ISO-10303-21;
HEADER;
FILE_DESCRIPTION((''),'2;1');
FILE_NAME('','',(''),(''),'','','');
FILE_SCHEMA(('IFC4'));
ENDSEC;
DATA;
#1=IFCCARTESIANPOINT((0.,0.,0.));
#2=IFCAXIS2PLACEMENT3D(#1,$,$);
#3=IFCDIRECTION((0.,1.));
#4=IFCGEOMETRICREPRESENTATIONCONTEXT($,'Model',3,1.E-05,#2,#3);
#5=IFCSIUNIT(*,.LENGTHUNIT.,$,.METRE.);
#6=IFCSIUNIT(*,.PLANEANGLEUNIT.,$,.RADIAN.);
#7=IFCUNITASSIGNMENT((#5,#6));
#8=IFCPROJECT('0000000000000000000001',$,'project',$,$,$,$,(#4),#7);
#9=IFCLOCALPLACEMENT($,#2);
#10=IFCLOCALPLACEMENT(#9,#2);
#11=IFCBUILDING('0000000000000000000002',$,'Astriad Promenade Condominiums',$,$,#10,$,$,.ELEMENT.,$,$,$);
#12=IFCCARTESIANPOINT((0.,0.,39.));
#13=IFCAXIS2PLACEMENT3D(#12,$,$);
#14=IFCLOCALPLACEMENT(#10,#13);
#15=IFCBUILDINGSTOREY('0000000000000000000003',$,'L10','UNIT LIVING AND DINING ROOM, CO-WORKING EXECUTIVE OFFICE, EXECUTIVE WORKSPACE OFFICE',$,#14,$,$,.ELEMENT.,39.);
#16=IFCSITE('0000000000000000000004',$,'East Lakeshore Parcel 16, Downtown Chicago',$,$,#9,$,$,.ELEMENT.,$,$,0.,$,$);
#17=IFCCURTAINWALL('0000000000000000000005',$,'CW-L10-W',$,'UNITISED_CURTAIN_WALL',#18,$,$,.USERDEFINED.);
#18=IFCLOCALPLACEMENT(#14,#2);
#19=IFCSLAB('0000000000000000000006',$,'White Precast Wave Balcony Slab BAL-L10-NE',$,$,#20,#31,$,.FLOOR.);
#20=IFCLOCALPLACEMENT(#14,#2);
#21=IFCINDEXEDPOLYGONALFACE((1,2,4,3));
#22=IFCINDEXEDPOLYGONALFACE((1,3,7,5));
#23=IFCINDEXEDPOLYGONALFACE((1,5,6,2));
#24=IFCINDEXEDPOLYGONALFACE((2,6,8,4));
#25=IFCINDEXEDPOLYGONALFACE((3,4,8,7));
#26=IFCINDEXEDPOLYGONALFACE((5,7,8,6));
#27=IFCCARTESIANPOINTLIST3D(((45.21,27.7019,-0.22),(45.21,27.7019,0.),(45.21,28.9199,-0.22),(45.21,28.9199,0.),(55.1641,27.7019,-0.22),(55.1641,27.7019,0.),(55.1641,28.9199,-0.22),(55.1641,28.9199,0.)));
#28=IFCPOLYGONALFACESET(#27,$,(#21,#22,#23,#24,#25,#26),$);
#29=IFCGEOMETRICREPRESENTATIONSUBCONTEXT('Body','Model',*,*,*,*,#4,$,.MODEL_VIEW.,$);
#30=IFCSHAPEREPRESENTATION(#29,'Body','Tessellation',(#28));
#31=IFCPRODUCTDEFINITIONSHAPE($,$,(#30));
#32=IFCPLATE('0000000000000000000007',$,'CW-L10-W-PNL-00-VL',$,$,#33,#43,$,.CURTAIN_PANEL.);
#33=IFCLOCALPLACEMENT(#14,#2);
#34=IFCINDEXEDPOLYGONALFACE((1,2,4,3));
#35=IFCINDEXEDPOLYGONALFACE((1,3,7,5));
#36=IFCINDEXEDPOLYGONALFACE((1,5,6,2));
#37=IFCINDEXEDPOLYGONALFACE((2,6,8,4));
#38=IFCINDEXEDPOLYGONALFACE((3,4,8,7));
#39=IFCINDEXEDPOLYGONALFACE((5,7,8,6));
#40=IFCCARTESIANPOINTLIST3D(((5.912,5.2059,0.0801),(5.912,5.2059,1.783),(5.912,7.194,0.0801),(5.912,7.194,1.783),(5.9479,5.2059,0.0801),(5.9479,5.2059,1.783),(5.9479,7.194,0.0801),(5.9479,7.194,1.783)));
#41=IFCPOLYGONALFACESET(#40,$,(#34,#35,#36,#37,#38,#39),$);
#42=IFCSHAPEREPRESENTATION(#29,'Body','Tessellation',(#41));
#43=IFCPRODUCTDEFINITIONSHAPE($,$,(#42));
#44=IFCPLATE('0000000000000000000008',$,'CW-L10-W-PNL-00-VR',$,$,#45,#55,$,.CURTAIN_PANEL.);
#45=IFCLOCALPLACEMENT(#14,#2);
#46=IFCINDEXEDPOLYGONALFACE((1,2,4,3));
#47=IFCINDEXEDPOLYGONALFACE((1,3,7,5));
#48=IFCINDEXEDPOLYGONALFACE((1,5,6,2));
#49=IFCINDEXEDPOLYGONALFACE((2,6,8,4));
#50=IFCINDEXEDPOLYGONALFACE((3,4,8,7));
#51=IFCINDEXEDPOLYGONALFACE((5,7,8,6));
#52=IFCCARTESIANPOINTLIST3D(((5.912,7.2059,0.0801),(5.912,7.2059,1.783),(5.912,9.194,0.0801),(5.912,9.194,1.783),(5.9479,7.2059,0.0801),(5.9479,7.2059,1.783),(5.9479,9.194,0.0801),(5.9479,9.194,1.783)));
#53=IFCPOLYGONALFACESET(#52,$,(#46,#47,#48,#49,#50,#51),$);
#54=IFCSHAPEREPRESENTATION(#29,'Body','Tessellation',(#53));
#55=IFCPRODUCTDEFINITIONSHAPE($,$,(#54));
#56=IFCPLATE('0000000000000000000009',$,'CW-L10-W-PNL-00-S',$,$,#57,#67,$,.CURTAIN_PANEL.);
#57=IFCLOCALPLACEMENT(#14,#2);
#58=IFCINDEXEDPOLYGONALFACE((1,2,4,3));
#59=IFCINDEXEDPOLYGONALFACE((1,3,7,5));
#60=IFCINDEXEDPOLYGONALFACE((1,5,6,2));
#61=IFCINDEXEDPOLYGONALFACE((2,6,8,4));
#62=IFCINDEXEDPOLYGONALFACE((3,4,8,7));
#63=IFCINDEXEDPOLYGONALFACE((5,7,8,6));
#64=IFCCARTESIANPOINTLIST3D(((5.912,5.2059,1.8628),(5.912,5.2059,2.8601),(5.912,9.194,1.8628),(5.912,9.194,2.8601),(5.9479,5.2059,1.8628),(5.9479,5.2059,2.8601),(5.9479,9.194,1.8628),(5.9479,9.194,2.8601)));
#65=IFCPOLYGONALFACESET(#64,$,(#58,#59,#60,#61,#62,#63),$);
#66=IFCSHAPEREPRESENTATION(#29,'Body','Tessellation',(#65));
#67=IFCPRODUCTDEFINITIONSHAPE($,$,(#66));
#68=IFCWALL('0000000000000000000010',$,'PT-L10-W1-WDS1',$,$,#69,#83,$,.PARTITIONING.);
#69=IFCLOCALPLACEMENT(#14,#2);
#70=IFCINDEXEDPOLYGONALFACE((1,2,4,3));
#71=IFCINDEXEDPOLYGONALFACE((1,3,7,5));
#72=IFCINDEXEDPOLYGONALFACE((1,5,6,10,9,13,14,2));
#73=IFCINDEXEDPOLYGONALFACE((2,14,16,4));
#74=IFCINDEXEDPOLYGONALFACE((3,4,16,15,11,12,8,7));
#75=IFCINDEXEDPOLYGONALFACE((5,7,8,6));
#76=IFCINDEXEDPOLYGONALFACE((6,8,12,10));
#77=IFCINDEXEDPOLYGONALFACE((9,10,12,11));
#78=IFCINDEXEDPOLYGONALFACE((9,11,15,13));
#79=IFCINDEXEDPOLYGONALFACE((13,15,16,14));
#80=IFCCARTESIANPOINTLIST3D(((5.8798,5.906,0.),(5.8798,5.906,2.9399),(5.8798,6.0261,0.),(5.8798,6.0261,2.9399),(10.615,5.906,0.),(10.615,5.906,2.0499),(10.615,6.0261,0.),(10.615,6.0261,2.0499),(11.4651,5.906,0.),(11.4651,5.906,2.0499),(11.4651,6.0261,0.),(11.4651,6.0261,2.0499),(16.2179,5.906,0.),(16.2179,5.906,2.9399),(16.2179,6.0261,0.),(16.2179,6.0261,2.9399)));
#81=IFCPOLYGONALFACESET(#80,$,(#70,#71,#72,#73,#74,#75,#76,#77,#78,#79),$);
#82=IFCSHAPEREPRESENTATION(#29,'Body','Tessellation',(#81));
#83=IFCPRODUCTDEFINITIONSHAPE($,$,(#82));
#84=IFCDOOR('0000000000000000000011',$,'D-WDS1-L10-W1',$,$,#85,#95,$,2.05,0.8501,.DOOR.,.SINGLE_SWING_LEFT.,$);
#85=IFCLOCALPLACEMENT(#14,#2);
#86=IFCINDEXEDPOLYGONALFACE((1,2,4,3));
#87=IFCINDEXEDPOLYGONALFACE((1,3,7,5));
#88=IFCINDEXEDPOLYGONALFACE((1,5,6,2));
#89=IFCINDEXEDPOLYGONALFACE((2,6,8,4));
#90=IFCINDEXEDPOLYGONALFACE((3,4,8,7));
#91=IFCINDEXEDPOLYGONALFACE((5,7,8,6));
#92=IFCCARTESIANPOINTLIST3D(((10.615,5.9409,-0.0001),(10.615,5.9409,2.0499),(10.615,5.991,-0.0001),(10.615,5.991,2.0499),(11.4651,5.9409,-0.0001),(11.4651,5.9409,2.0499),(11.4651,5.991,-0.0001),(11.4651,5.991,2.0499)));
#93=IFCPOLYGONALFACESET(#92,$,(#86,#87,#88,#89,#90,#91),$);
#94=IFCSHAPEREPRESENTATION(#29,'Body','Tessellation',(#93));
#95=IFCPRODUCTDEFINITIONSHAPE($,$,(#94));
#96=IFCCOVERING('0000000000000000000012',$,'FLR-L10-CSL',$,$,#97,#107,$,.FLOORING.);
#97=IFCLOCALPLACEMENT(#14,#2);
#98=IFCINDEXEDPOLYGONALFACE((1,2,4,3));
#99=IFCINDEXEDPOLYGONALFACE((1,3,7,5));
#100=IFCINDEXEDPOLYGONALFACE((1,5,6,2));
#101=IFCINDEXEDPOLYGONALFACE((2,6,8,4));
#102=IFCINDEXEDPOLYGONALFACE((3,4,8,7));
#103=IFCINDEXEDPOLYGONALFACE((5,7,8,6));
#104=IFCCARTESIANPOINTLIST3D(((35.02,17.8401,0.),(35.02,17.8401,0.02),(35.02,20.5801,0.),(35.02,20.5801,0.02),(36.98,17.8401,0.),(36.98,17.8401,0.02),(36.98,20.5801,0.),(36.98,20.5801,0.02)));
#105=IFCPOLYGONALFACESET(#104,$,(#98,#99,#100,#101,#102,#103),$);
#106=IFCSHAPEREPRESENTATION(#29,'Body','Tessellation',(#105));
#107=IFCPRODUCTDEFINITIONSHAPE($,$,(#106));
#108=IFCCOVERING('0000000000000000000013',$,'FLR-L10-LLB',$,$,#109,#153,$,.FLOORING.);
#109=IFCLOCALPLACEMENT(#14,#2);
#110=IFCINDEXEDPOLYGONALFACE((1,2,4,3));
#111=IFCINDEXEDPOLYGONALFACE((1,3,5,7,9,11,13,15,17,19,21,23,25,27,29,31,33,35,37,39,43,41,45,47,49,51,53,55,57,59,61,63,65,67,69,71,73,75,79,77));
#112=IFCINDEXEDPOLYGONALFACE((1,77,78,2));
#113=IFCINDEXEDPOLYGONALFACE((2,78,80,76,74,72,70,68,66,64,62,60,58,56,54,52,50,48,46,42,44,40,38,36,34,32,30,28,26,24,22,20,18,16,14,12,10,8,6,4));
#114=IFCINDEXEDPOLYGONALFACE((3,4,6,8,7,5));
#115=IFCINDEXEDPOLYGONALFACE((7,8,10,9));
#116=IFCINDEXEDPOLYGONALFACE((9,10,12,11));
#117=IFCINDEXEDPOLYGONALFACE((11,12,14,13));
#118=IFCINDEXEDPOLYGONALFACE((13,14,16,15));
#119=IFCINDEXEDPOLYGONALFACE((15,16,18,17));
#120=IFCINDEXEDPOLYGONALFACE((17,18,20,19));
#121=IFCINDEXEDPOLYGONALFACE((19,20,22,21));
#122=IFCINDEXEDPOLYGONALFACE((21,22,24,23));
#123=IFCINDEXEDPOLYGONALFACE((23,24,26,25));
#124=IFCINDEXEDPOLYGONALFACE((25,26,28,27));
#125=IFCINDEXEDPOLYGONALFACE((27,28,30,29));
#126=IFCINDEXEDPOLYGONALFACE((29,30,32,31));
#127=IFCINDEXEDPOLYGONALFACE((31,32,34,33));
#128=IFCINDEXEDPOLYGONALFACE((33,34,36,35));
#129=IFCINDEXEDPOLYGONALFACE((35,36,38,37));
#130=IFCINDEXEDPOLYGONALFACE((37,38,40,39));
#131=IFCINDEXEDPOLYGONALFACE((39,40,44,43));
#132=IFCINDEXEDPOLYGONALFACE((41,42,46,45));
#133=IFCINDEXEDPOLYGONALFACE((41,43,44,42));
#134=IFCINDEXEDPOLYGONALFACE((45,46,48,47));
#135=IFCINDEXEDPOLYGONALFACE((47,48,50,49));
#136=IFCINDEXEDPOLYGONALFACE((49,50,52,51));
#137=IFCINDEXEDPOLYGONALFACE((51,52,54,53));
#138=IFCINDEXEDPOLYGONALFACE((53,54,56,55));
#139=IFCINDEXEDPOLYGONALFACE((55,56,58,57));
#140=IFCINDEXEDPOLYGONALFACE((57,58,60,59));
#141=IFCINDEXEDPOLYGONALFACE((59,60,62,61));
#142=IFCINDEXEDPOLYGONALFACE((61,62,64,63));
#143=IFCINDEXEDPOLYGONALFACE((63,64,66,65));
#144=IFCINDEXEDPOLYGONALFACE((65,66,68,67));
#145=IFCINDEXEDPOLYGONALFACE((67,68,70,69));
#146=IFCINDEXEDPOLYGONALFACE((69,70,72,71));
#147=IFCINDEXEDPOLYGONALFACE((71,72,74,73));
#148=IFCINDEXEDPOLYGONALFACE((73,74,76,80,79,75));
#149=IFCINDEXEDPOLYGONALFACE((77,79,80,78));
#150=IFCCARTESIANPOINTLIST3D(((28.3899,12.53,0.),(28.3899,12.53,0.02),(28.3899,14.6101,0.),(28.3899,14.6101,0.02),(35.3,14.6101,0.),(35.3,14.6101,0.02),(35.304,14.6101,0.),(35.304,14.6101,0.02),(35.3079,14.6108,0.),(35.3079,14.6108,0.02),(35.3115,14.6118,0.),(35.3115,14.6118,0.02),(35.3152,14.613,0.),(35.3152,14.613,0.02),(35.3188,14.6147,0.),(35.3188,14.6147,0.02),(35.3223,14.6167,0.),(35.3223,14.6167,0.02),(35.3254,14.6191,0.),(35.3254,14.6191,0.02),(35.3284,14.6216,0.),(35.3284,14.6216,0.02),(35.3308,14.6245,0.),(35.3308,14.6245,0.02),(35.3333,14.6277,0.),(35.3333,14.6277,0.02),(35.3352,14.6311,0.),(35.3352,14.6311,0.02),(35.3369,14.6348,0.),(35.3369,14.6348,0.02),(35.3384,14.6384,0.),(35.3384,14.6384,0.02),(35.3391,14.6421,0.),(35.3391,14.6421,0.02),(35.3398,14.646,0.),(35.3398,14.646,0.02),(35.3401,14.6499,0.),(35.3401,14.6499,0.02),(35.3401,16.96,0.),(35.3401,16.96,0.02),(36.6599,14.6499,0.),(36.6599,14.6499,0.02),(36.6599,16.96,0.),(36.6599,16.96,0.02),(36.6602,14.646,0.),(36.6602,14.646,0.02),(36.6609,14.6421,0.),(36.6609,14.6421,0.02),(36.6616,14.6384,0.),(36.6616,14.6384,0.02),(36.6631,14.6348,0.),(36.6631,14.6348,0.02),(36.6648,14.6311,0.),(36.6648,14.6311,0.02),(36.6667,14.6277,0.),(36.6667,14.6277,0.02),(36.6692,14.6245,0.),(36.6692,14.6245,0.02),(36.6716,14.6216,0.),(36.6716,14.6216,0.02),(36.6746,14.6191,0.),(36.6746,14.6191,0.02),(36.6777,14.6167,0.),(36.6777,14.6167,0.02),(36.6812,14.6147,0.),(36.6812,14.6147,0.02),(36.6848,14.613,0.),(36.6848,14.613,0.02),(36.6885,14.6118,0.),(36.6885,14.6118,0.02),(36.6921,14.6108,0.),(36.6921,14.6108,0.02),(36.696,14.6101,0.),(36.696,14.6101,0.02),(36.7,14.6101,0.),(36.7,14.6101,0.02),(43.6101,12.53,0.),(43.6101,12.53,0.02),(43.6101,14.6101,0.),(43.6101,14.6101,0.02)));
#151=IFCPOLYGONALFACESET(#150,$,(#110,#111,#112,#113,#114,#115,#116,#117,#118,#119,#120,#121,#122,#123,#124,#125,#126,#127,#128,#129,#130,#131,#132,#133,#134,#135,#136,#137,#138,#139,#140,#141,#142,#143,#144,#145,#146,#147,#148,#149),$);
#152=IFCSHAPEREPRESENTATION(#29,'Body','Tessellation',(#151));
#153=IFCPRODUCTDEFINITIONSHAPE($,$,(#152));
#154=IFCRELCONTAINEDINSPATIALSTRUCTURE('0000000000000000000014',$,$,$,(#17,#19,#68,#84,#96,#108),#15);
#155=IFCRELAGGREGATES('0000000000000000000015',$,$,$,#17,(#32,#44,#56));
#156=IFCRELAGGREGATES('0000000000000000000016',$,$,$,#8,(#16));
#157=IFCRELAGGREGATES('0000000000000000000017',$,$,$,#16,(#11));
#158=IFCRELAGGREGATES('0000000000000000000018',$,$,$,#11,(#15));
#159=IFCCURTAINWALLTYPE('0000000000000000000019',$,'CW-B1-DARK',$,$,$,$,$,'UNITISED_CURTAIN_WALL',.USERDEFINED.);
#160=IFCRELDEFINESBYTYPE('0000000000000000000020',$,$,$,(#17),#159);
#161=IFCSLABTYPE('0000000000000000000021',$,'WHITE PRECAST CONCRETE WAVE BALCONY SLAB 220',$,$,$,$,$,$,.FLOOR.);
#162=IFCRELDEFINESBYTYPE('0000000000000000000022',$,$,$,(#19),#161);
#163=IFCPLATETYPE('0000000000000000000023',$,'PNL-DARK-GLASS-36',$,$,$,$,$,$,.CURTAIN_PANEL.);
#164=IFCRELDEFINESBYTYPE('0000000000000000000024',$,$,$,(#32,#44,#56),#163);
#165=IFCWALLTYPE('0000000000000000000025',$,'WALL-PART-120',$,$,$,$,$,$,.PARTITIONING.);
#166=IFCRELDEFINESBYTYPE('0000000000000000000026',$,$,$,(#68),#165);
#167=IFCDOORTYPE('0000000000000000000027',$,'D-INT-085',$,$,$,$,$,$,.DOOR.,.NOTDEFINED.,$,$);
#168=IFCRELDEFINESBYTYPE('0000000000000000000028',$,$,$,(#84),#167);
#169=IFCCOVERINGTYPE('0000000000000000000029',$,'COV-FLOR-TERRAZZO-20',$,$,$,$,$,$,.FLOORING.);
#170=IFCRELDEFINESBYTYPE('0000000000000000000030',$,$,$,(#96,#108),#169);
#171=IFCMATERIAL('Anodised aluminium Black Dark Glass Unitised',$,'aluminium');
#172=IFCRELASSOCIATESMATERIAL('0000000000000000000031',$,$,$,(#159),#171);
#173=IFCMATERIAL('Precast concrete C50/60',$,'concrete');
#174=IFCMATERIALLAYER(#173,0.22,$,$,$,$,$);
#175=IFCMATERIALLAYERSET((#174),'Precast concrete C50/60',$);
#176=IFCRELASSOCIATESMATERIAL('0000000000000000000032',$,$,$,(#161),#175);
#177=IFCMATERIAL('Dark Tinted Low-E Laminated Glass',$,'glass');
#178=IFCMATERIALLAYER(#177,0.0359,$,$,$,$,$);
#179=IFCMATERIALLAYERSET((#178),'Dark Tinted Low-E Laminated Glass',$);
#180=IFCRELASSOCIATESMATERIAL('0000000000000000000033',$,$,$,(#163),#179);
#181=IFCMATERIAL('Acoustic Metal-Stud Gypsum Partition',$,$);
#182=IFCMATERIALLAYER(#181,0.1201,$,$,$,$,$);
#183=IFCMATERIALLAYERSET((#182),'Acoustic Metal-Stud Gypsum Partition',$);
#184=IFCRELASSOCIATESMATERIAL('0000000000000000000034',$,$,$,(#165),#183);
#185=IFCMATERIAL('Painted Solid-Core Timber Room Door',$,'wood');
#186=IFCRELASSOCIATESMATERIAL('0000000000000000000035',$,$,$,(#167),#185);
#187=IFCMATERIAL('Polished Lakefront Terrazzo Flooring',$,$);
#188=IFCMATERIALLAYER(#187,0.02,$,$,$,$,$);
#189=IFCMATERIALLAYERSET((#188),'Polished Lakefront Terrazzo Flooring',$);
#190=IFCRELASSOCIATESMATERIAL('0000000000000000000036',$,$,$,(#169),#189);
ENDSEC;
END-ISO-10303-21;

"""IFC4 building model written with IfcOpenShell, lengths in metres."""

from ifc_helpers import new_model, si_unit, direction, frame, frame_2d, origin, origin_2d, place, context, subcontext, project, spatial, polyline, rectangle, outline, extrude, source, transform, mapped, material, layer, layer_set, type_object, type_shapes, element, fill, aggregate, save


model = new_model("IFC4")

# Units and contexts
model_context = context("Model", 3, precision=1e-05, world=origin(), true_north=direction((0.0, 1.0)))
body_context = subcontext(model_context, "Body", "Model", "MODEL_VIEW")
ifc_project = project(units=[si_unit("LENGTHUNIT", "METRE"), si_unit("PLANEANGLEUNIT", "RADIAN")], contexts=[model_context])

# Site, building, storey
site_placement = place(None, origin())
site = spatial("IfcSite", under=ifc_project, at=site_placement, Name="East Lakeshore Parcel 16, Downtown Chicago", CompositionType="ELEMENT", RefElevation=0.0)
building_placement = place(site_placement, origin())
building = spatial("IfcBuilding", under=site, at=building_placement, Name="Astriad Promenade Condominiums", CompositionType="ELEMENT")
storey_placement = place(building_placement, frame((0.0, 0.0, 39.0)))
storey = spatial("IfcBuildingStorey", under=building, at=storey_placement, Name="L10", Description="UNIT LIVING AND DINING ROOM, CO-WORKING EXECUTIVE OFFICE, EXECUTIVE WORKSPACE OFFICE", CompositionType="ELEMENT", Elevation=39.0)

# Curtain wall
ifc_material_1 = material(Name="Anodised aluminium Black Dark Glass Unitised", Category="aluminium")
curtain_wall_type = type_object("IfcCurtainWallType", Name="CW-B1-DARK", ElementType="UNITISED_CURTAIN_WALL", PredefinedType="USERDEFINED", material=ifc_material_1)
curtain_wall_placement = place(storey_placement, origin())
curtain_wall = element("IfcCurtainWall", 1, at=curtain_wall_placement, inside=storey, type_object=curtain_wall_type, Name="CW-L10-W", ObjectType="UNITISED_CURTAIN_WALL", PredefinedType="USERDEFINED")

# Slab
ifc_material_2 = material(Name="Precast concrete C50/60", Category="concrete")
ifc_layer_1 = layer(ifc_material_2, 0.22)
ifc_layer_set_1 = layer_set([ifc_layer_1], Name="Precast concrete C50/60")
slab_type_1 = type_object("IfcSlabType", Name="WHITE PRECAST CONCRETE WAVE BALCONY SLAB 220", PredefinedType="FLOOR", material=ifc_layer_set_1)
slab_1_placement = place(storey_placement, frame((0.0, 0.0, -0.22)))
element("IfcSlab", 2, at=slab_1_placement, inside=storey, type_object=slab_type_1, Name="White Precast Wave Balcony Slab BAL-L10-NE", PredefinedType="FLOOR", context=body_context, shape_type="SweptSolid", body=[
    extrude(outline(polyline([(45.21, 28.9199), (55.1641, 28.9199), (55.1641, 27.7019), (45.21, 27.7019), (45.21, 28.9199)])), origin(), (0.0, 0.0, 1.0), 0.22),
])

# Plates
ifc_material_3 = material(Name="Dark Tinted Low-E Laminated Glass", Category="glass")
ifc_layer_2 = layer(ifc_material_3, 0.0359)
ifc_layer_set_2 = layer_set([ifc_layer_2], Name="Dark Tinted Low-E Laminated Glass")
plate_type = type_object("IfcPlateType", Name="PNL-DARK-GLASS-36", PredefinedType="CURTAIN_PANEL", material=ifc_layer_set_2)
shared_shape_1 = source(origin(), body_context, "Body", "SweptSolid", [
    extrude(rectangle(XDim=1.988, YDim=0.0359, at=origin_2d()), origin(), (0.0, 0.0, 1.0), 1.7029),
])
plate_1_placement = place(storey_placement, frame((5.9299, 6.2, 0.0801), z_axis=(0.0, 0.0, 1.0), x_axis=(0.0, 1.0, 0.0)))
plate_1 = element("IfcPlate", 3, at=plate_1_placement, type_object=plate_type, Name="CW-L10-W-PNL-00-VL", PredefinedType="CURTAIN_PANEL", context=body_context, shape_type="MappedRepresentation", body=[
    mapped(shared_shape_1, transform((0.0, 0.0, 0.0), scale=1.0)),
])
plate_2_placement = place(storey_placement, frame((5.9299, 8.2, 0.0801), z_axis=(0.0, 0.0, 1.0), x_axis=(0.0, 1.0, 0.0)))
plate_2 = element("IfcPlate", 4, at=plate_2_placement, type_object=plate_type, Name="CW-L10-W-PNL-00-VR", PredefinedType="CURTAIN_PANEL", context=body_context, shape_type="MappedRepresentation", body=[
    mapped(shared_shape_1, transform((0.0, 0.0, 0.0), scale=1.0)),
])
shared_shape_2 = source(origin(), body_context, "Body", "SweptSolid", [
    extrude(rectangle(XDim=3.988, YDim=0.0359, at=origin_2d()), origin(), (0.0, 0.0, 1.0), 0.9973),
])
type_shapes(plate_type, [shared_shape_1, shared_shape_2])
plate_3_placement = place(storey_placement, frame((5.9299, 7.2, 1.8628), z_axis=(0.0, 0.0, 1.0), x_axis=(0.0, 1.0, 0.0)))
plate_3 = element("IfcPlate", 5, at=plate_3_placement, type_object=plate_type, Name="CW-L10-W-PNL-00-S", PredefinedType="CURTAIN_PANEL", context=body_context, shape_type="MappedRepresentation", body=[
    mapped(shared_shape_2, transform((0.0, 0.0, 0.0), scale=1.0)),
])
aggregate(curtain_wall, [plate_1, plate_2, plate_3])

# Wall, opening, door
ifc_material_4 = material(Name="Acoustic Metal-Stud Gypsum Partition")
ifc_layer_3 = layer(ifc_material_4, 0.1201)
ifc_layer_set_3 = layer_set([ifc_layer_3], Name="Acoustic Metal-Stud Gypsum Partition")
wall_type = type_object("IfcWallType", Name="WALL-PART-120", PredefinedType="PARTITIONING", material=ifc_layer_set_3)
wall_placement = place(storey_placement, frame((5.8799, 5.9661, 0.0), z_axis=(0.0, 0.0, 1.0), x_axis=(1.0, 0.0, 0.0)))
wall = element("IfcWall", 6, at=wall_placement, inside=storey, type_object=wall_type, Name="PT-L10-W1-WDS1", PredefinedType="PARTITIONING", context=body_context, shape_type="SweptSolid", body=[
    extrude(rectangle(XDim=10.3381, YDim=0.1201, at=frame_2d((5.1689, 0.0))), origin(), (0.0, 0.0, 1.0), 2.9399),
])
opening_placement = place(wall_placement, frame((4.7351, 0.0, 0.0)))
opening = element("IfcOpeningElement", 7, at=opening_placement, cuts=wall, PredefinedType="OPENING", context=body_context, shape_type="SweptSolid", body=[
    extrude(rectangle(XDim=0.8501, YDim=2.05, at=frame_2d((0.425, 1.0249))), frame((0.0, 0.0701, 0.0), z_axis=(0.0, -1.0, 0.0), x_axis=(1.0, 0.0, 0.0)), (0.0, 0.0, 1.0), 0.1401),
])
ifc_material_5 = material(Name="Painted Solid-Core Timber Room Door", Category="wood")
door_type = type_object("IfcDoorType", Name="D-INT-085", OperationType="NOTDEFINED", PredefinedType="DOOR", material=ifc_material_5)
shared_shape_3 = source(origin(), body_context, "Body", "SweptSolid", [
    extrude(rectangle(XDim=0.8501, YDim=2.05, at=frame_2d((0.425, 1.0249))), frame((0.0, 0.0249, 0.0), z_axis=(0.0, -1.0, 0.0), x_axis=(1.0, 0.0, 0.0)), (0.0, 0.0, 1.0), 0.05),
])
type_shapes(door_type, [shared_shape_3])
door_placement = place(opening_placement, origin())
door = element("IfcDoor", 8, at=door_placement, inside=storey, type_object=door_type, Name="D-WDS1-L10-W1", OperationType="SINGLE_SWING_LEFT", OverallHeight=2.05, OverallWidth=0.8501, PredefinedType="DOOR", context=body_context, shape_type="MappedRepresentation", body=[
    mapped(shared_shape_3, transform((0.0, 0.0, 0.0), scale=1.0)),
])
fill(opening, door)

# Coverings
ifc_material_6 = material(Name="Polished Lakefront Terrazzo Flooring")
ifc_layer_4 = layer(ifc_material_6, 0.02)
ifc_layer_set_4 = layer_set([ifc_layer_4], Name="Polished Lakefront Terrazzo Flooring")
covering_type = type_object("IfcCoveringType", Name="COV-FLOR-TERRAZZO-20", PredefinedType="FLOORING", material=ifc_layer_set_4)
covering_1_placement = place(storey_placement, origin())
element("IfcCovering", 9, at=covering_1_placement, inside=storey, type_object=covering_type, Name="FLR-L10-CSL", PredefinedType="FLOORING", context=body_context, shape_type="SweptSolid", body=[
    extrude(outline(polyline([(36.98, 17.8401), (35.02, 17.8401), (35.02, 20.5801), (36.98, 20.5801), (36.98, 17.8401)])), origin(), (0.0, 0.0, 1.0), 0.02),
])
covering_2_placement = place(storey_placement, origin())
element("IfcCovering", 10, at=covering_2_placement, inside=storey, type_object=covering_type, Name="FLR-L10-LLB", PredefinedType="FLOORING", context=body_context, shape_type="SweptSolid", body=[
    extrude(outline(polyline([(43.6101, 14.6101), (43.6101, 12.53), (28.3899, 12.53), (28.3899, 14.6101), (35.3, 14.6101), (35.304, 14.6101), (35.3079, 14.6108), (35.3115, 14.6118), (35.3152, 14.613), (35.3188, 14.6147), (35.3223, 14.6167), (35.3254, 14.6191), (35.3284, 14.6216), (35.3308, 14.6245), (35.3333, 14.6277), (35.3352, 14.6311), (35.3369, 14.6348), (35.3384, 14.6384), (35.3391, 14.6421), (35.3398, 14.646), (35.3401, 14.6499), (35.3401, 16.96), (36.6599, 16.96), (36.6599, 14.6499), (36.6602, 14.646), (36.6609, 14.6421), (36.6616, 14.6384), (36.6631, 14.6348), (36.6648, 14.6311), (36.6667, 14.6277), (36.6692, 14.6245), (36.6716, 14.6216), (36.6746, 14.6191), (36.6777, 14.6167), (36.6812, 14.6147), (36.6848, 14.613), (36.6885, 14.6118), (36.6921, 14.6108), (36.696, 14.6101), (36.7, 14.6101), (43.6101, 14.6101)])), origin(), (0.0, 0.0, 1.0), 0.02),
])

save(model, "model.ifc")
